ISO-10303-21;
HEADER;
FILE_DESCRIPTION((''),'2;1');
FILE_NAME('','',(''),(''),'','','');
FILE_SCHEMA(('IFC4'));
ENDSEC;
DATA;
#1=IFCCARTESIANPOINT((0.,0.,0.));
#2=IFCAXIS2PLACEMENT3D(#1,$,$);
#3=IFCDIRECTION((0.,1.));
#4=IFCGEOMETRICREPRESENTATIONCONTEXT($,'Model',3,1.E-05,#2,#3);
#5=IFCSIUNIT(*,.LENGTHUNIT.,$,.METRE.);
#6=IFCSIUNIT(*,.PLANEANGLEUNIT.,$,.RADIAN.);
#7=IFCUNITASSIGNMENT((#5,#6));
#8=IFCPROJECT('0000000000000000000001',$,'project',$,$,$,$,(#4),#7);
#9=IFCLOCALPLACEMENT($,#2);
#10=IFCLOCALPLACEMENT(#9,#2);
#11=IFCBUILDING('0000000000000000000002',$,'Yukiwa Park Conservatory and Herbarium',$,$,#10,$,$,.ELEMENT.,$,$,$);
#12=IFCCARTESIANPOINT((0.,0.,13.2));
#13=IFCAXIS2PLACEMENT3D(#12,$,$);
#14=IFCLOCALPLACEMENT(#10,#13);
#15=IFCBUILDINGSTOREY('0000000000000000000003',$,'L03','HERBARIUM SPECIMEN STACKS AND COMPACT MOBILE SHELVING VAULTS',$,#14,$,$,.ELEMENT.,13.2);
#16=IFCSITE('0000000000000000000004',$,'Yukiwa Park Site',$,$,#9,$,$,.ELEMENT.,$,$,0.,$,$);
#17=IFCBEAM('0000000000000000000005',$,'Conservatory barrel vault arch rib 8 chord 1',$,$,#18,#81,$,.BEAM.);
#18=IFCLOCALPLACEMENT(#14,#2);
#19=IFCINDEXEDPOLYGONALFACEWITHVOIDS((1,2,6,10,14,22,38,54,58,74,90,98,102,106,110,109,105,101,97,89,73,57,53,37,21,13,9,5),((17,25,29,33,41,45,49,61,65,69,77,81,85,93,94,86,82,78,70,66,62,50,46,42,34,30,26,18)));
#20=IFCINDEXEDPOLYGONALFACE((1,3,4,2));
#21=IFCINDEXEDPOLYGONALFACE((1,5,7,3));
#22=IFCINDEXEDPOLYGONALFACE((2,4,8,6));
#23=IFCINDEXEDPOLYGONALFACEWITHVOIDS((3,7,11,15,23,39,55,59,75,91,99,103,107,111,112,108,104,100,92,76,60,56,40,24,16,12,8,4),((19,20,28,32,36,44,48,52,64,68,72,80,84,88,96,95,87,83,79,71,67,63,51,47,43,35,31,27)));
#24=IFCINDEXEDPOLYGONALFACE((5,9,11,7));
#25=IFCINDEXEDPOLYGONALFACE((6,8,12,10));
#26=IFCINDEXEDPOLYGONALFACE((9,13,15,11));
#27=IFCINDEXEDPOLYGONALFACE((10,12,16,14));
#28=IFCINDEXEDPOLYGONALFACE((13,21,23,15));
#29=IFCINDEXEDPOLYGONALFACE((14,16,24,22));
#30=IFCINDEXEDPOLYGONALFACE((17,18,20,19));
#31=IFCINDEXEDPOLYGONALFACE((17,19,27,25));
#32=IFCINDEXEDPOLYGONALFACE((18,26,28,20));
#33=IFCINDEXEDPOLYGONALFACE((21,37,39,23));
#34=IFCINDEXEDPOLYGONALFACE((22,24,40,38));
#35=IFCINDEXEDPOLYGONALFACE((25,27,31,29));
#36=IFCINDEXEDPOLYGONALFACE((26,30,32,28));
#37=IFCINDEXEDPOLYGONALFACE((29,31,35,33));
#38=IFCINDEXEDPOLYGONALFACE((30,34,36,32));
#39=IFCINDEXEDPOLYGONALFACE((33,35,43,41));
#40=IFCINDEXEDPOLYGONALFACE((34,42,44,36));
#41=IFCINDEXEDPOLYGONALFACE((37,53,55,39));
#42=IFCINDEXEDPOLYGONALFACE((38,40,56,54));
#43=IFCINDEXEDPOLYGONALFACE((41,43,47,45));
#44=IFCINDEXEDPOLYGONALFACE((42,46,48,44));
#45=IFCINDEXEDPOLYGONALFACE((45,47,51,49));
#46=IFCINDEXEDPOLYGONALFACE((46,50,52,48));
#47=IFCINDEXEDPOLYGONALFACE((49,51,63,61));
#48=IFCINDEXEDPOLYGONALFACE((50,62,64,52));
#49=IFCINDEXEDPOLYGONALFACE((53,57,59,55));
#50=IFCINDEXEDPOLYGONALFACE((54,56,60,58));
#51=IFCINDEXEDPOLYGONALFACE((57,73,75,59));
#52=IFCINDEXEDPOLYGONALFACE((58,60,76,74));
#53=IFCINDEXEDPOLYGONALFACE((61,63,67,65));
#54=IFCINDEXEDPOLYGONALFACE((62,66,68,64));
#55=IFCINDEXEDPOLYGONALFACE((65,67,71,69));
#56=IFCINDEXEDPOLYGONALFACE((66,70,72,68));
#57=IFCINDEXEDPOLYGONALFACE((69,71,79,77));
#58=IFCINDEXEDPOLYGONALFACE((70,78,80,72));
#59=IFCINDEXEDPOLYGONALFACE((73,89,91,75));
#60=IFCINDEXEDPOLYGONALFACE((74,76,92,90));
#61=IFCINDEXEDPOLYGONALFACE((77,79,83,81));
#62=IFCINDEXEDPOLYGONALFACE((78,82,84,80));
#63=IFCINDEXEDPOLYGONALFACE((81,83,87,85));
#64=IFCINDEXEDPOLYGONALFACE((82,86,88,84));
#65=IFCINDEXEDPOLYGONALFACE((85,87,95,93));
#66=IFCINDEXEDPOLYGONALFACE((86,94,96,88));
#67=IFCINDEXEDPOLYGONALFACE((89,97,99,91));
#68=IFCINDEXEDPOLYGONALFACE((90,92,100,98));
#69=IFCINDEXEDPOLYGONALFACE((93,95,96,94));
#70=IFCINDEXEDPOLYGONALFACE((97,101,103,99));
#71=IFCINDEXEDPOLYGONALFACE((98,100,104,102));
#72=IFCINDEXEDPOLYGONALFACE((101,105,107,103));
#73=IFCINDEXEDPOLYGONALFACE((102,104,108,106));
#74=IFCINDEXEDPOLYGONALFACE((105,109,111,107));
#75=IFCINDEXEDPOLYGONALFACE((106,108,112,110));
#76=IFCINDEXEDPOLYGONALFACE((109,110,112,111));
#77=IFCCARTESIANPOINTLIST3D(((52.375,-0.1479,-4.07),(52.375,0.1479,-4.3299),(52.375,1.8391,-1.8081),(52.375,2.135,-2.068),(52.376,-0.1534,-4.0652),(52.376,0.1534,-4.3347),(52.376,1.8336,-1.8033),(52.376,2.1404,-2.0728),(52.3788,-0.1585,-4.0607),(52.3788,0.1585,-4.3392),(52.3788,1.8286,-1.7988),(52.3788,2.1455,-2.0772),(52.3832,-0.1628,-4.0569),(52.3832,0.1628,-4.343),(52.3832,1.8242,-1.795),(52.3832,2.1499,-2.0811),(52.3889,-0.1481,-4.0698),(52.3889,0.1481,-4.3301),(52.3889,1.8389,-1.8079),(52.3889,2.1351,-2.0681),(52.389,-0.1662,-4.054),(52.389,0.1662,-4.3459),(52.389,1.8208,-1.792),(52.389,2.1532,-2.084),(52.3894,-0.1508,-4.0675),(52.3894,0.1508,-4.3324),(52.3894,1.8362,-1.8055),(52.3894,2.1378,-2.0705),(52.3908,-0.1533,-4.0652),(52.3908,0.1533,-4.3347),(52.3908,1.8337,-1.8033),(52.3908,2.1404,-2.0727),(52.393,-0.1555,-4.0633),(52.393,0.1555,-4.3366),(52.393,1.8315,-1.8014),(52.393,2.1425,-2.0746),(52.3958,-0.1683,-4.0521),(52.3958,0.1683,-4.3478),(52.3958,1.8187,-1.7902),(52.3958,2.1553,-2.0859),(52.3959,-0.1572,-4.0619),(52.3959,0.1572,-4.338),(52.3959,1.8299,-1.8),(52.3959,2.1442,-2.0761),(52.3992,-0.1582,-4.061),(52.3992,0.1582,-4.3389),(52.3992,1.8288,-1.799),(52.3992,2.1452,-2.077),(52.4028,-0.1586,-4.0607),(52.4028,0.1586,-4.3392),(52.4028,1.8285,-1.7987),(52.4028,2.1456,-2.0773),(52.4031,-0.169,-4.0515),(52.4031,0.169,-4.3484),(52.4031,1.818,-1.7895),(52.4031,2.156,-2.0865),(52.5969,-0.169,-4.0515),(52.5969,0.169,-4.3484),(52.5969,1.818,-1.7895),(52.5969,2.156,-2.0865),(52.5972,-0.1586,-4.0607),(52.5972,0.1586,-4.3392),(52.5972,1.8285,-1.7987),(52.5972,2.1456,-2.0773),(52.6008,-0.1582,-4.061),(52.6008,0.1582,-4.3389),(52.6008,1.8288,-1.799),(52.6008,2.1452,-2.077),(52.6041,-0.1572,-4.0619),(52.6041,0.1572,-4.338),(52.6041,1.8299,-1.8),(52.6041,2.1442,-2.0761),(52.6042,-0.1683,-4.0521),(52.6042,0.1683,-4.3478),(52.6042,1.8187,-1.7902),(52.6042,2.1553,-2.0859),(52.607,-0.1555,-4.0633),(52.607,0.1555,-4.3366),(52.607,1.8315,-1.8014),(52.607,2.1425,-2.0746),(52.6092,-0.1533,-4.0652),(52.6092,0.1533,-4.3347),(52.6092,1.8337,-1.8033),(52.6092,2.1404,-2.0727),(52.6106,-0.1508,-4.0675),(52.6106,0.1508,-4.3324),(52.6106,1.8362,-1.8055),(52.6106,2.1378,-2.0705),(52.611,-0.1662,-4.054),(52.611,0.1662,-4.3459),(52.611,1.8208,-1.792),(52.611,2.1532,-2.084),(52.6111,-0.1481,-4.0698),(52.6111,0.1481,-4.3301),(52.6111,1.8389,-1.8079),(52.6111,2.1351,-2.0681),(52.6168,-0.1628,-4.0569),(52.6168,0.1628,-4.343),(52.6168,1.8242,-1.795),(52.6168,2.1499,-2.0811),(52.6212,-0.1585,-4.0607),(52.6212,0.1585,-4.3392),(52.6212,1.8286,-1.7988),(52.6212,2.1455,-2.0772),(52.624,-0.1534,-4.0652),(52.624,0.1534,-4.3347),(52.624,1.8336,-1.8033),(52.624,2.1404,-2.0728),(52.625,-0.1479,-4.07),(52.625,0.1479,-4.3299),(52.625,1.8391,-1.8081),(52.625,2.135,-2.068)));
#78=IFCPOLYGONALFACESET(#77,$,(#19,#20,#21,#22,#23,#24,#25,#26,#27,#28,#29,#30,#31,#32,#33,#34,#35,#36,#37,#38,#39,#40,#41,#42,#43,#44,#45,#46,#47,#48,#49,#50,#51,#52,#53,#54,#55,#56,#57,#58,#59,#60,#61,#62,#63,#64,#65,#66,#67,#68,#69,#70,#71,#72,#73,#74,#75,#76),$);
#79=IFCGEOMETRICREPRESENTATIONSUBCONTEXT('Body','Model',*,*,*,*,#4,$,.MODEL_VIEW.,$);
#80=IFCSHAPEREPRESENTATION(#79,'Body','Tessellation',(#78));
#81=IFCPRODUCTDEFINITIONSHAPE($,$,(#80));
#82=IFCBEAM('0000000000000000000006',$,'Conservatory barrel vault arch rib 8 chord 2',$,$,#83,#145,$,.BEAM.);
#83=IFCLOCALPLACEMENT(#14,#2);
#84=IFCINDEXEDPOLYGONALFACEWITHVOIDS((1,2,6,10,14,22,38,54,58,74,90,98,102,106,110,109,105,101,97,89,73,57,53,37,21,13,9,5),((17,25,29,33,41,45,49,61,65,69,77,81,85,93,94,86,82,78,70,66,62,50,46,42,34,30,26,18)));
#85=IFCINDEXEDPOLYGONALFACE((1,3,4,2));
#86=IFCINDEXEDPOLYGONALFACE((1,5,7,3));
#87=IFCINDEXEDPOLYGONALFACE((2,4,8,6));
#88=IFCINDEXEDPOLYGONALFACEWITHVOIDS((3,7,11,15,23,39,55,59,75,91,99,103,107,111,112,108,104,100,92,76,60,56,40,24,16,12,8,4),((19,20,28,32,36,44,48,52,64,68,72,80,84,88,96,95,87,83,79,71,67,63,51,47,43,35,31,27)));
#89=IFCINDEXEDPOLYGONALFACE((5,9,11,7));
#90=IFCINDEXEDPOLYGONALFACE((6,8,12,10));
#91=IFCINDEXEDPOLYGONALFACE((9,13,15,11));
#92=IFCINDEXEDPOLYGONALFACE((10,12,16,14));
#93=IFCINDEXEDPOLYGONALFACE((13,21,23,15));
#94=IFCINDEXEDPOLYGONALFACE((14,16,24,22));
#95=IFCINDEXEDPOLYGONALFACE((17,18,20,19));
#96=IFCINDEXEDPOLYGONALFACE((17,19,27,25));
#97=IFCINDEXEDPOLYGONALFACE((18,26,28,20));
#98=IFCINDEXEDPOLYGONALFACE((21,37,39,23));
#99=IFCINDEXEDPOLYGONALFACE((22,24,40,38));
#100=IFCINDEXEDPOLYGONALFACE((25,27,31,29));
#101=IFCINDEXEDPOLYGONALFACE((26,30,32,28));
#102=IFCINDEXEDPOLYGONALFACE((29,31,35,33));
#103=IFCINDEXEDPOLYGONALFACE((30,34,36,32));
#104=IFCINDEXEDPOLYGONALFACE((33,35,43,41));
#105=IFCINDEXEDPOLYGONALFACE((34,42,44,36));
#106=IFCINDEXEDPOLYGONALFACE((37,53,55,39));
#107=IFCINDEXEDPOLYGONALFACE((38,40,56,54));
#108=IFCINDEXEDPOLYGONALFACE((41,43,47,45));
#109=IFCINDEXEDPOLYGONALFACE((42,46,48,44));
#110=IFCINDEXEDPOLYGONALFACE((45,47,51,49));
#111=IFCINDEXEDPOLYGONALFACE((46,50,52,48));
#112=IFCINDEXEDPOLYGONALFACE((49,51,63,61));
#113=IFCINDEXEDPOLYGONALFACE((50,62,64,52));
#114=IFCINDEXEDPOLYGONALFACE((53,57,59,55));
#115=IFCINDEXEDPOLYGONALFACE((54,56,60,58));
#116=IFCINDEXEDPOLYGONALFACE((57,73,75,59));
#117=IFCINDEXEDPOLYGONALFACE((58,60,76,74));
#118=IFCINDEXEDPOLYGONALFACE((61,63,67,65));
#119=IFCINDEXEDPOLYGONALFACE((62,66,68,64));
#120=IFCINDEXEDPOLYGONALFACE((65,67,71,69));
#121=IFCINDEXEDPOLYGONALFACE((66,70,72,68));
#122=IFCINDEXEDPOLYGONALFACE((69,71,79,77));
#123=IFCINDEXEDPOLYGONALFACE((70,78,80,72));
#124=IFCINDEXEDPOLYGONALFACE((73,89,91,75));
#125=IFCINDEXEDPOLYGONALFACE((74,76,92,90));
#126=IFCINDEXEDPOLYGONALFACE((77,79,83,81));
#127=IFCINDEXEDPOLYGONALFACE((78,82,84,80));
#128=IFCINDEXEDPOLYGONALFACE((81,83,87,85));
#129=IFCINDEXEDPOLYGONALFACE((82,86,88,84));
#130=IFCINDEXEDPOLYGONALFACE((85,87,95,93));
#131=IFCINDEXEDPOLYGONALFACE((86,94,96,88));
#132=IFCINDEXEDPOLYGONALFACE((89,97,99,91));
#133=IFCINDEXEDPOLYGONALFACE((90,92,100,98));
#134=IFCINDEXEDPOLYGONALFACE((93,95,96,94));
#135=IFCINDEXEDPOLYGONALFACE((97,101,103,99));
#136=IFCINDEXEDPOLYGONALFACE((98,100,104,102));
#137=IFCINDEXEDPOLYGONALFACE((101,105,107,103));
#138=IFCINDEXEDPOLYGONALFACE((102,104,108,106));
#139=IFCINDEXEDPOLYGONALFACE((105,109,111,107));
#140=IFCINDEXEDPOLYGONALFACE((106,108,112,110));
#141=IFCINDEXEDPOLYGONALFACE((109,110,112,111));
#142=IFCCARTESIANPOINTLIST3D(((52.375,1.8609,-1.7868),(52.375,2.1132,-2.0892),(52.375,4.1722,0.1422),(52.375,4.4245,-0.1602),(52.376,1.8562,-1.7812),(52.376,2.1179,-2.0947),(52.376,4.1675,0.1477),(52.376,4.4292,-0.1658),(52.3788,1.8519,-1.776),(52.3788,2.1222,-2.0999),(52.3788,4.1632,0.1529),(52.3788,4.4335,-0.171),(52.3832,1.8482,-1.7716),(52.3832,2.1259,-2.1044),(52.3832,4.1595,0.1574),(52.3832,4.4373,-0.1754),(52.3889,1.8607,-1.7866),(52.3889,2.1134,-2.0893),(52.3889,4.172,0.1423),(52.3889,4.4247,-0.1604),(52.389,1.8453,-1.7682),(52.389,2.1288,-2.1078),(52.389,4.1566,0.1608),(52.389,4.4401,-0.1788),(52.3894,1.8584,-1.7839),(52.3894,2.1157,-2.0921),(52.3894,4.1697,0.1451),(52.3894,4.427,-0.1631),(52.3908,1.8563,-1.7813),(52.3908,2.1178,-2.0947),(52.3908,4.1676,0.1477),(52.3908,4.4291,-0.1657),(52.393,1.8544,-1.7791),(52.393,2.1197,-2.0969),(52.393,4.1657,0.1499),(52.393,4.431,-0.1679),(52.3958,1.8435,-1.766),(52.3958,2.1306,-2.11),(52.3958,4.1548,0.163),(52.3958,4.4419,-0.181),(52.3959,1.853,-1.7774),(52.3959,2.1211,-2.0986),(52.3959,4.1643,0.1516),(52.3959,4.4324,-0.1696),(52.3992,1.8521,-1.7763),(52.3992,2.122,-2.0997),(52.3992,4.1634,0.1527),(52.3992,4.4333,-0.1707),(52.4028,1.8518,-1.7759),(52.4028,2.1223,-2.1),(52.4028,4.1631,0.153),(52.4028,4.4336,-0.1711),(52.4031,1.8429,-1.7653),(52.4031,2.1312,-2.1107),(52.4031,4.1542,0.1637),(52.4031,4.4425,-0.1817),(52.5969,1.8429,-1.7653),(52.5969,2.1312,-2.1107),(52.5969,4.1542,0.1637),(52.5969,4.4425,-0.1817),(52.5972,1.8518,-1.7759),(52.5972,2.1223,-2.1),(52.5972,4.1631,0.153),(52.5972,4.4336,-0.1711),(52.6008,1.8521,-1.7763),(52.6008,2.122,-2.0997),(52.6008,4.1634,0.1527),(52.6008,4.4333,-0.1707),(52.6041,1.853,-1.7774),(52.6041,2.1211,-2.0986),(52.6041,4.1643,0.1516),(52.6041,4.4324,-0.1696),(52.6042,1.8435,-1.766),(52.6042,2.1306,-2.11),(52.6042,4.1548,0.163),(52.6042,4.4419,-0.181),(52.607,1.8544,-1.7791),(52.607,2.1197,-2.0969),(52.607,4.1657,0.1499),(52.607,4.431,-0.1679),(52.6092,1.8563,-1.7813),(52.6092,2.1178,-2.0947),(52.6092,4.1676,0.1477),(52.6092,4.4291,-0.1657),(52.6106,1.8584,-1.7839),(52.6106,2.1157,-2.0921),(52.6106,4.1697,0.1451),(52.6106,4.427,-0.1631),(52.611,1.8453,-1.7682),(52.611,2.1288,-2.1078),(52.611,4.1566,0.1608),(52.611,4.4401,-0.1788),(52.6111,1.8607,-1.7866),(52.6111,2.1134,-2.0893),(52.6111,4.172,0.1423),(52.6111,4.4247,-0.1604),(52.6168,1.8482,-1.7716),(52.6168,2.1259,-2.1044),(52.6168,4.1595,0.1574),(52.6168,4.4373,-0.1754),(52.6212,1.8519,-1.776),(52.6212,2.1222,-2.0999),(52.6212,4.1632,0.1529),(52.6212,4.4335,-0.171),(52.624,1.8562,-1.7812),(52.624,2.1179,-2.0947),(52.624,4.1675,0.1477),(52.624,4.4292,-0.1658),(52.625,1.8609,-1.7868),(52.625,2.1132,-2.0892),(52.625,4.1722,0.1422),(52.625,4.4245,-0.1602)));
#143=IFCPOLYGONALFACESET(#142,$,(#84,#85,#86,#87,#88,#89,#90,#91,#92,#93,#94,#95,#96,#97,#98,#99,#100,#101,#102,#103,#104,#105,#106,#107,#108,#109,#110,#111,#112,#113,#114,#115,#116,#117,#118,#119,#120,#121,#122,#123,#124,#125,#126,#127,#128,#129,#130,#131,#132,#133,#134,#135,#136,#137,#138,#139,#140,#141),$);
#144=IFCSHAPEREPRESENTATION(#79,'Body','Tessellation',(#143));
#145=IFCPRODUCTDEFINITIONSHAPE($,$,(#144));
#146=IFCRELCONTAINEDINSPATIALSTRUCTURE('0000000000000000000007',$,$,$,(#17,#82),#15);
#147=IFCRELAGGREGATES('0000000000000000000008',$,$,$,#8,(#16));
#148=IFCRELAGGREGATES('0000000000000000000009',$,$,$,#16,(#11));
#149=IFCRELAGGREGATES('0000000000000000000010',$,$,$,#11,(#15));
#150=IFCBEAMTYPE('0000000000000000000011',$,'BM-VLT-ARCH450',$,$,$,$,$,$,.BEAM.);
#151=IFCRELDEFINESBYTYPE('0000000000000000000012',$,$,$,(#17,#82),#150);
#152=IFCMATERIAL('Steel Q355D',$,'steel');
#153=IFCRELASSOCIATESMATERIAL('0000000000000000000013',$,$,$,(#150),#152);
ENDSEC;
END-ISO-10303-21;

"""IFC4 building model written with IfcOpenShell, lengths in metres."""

from ifc_helpers import new_model, si_unit, direction, frame, origin, origin_2d, place, context, subcontext, project, spatial, hollow_rectangle, extrude, material, material_profile, profile_set, type_object, element, save


model = new_model("IFC4")

# Units and contexts
model_context = context("Model", 3, precision=1e-05, world=origin(), true_north=direction((0.0, 1.0)))
body_context = subcontext(model_context, "Body", "Model", "MODEL_VIEW")
ifc_project = project(units=[si_unit("LENGTHUNIT", "METRE"), si_unit("PLANEANGLEUNIT", "RADIAN")], contexts=[model_context])

# Site, building, storey
site_placement = place(None, origin())
site = spatial("IfcSite", under=ifc_project, at=site_placement, Name="Yukiwa Park Site", CompositionType="ELEMENT", RefElevation=0.0)
building_placement = place(site_placement, origin())
building = spatial("IfcBuilding", under=site, at=building_placement, Name="Yukiwa Park Conservatory and Herbarium", CompositionType="ELEMENT")
storey_placement = place(building_placement, frame((0.0, 0.0, 13.2)))
storey = spatial("IfcBuildingStorey", under=building, at=storey_placement, Name="L03", Description="HERBARIUM SPECIMEN STACKS AND COMPACT MOBILE SHELVING VAULTS", CompositionType="ELEMENT", Elevation=13.2)

# Beams
ifc_material_1 = material(Name="Steel Q355D", Category="steel")
ifc_material_profile_1 = material_profile(ifc_material_1, hollow_rectangle(XDim=0.25, YDim=0.45, WallThickness=0.0139, InnerFilletRadius=0.0139, OuterFilletRadius=0.0281, at=origin_2d()), Name="RHS 450x250x14")
ifc_profile_set_1 = profile_set([ifc_material_profile_1], Name="Steel Q355D")
beam_type = type_object("IfcBeamType", Name="BM-VLT-ARCH450", PredefinedType="BEAM", material=ifc_profile_set_1)
beam_1_placement = place(storey_placement, frame((52.5, 0.0, -4.2), z_axis=(0.0, 0.659979, 0.751284), x_axis=(-1.0, 0.0, 0.0)))
element("IfcBeam", 1, at=beam_1_placement, inside=storey, type_object=beam_type, Name="Conservatory barrel vault arch rib 8 chord 1", PredefinedType="BEAM", context=body_context, shape_type="SweptSolid", body=[
    extrude(hollow_rectangle(XDim=0.25, YDim=0.45, WallThickness=0.0139, InnerFilletRadius=0.0139, OuterFilletRadius=0.0281, at=origin_2d()), origin(), (0.0, 0.0, 1.0), 3.0107),
])
beam_2_placement = place(storey_placement, frame((52.5, 1.9871, -1.938), z_axis=(0.0, 0.767749, 0.640751), x_axis=(-1.0, 0.0, 0.0)))
element("IfcBeam", 2, at=beam_2_placement, inside=storey, type_object=beam_type, Name="Conservatory barrel vault arch rib 8 chord 2", PredefinedType="BEAM", context=body_context, shape_type="SweptSolid", body=[
    extrude(hollow_rectangle(XDim=0.25, YDim=0.45, WallThickness=0.0139, InnerFilletRadius=0.0139, OuterFilletRadius=0.0281, at=origin_2d()), origin(), (0.0, 0.0, 1.0), 3.0105),
])

save(model, "model.ifc")
